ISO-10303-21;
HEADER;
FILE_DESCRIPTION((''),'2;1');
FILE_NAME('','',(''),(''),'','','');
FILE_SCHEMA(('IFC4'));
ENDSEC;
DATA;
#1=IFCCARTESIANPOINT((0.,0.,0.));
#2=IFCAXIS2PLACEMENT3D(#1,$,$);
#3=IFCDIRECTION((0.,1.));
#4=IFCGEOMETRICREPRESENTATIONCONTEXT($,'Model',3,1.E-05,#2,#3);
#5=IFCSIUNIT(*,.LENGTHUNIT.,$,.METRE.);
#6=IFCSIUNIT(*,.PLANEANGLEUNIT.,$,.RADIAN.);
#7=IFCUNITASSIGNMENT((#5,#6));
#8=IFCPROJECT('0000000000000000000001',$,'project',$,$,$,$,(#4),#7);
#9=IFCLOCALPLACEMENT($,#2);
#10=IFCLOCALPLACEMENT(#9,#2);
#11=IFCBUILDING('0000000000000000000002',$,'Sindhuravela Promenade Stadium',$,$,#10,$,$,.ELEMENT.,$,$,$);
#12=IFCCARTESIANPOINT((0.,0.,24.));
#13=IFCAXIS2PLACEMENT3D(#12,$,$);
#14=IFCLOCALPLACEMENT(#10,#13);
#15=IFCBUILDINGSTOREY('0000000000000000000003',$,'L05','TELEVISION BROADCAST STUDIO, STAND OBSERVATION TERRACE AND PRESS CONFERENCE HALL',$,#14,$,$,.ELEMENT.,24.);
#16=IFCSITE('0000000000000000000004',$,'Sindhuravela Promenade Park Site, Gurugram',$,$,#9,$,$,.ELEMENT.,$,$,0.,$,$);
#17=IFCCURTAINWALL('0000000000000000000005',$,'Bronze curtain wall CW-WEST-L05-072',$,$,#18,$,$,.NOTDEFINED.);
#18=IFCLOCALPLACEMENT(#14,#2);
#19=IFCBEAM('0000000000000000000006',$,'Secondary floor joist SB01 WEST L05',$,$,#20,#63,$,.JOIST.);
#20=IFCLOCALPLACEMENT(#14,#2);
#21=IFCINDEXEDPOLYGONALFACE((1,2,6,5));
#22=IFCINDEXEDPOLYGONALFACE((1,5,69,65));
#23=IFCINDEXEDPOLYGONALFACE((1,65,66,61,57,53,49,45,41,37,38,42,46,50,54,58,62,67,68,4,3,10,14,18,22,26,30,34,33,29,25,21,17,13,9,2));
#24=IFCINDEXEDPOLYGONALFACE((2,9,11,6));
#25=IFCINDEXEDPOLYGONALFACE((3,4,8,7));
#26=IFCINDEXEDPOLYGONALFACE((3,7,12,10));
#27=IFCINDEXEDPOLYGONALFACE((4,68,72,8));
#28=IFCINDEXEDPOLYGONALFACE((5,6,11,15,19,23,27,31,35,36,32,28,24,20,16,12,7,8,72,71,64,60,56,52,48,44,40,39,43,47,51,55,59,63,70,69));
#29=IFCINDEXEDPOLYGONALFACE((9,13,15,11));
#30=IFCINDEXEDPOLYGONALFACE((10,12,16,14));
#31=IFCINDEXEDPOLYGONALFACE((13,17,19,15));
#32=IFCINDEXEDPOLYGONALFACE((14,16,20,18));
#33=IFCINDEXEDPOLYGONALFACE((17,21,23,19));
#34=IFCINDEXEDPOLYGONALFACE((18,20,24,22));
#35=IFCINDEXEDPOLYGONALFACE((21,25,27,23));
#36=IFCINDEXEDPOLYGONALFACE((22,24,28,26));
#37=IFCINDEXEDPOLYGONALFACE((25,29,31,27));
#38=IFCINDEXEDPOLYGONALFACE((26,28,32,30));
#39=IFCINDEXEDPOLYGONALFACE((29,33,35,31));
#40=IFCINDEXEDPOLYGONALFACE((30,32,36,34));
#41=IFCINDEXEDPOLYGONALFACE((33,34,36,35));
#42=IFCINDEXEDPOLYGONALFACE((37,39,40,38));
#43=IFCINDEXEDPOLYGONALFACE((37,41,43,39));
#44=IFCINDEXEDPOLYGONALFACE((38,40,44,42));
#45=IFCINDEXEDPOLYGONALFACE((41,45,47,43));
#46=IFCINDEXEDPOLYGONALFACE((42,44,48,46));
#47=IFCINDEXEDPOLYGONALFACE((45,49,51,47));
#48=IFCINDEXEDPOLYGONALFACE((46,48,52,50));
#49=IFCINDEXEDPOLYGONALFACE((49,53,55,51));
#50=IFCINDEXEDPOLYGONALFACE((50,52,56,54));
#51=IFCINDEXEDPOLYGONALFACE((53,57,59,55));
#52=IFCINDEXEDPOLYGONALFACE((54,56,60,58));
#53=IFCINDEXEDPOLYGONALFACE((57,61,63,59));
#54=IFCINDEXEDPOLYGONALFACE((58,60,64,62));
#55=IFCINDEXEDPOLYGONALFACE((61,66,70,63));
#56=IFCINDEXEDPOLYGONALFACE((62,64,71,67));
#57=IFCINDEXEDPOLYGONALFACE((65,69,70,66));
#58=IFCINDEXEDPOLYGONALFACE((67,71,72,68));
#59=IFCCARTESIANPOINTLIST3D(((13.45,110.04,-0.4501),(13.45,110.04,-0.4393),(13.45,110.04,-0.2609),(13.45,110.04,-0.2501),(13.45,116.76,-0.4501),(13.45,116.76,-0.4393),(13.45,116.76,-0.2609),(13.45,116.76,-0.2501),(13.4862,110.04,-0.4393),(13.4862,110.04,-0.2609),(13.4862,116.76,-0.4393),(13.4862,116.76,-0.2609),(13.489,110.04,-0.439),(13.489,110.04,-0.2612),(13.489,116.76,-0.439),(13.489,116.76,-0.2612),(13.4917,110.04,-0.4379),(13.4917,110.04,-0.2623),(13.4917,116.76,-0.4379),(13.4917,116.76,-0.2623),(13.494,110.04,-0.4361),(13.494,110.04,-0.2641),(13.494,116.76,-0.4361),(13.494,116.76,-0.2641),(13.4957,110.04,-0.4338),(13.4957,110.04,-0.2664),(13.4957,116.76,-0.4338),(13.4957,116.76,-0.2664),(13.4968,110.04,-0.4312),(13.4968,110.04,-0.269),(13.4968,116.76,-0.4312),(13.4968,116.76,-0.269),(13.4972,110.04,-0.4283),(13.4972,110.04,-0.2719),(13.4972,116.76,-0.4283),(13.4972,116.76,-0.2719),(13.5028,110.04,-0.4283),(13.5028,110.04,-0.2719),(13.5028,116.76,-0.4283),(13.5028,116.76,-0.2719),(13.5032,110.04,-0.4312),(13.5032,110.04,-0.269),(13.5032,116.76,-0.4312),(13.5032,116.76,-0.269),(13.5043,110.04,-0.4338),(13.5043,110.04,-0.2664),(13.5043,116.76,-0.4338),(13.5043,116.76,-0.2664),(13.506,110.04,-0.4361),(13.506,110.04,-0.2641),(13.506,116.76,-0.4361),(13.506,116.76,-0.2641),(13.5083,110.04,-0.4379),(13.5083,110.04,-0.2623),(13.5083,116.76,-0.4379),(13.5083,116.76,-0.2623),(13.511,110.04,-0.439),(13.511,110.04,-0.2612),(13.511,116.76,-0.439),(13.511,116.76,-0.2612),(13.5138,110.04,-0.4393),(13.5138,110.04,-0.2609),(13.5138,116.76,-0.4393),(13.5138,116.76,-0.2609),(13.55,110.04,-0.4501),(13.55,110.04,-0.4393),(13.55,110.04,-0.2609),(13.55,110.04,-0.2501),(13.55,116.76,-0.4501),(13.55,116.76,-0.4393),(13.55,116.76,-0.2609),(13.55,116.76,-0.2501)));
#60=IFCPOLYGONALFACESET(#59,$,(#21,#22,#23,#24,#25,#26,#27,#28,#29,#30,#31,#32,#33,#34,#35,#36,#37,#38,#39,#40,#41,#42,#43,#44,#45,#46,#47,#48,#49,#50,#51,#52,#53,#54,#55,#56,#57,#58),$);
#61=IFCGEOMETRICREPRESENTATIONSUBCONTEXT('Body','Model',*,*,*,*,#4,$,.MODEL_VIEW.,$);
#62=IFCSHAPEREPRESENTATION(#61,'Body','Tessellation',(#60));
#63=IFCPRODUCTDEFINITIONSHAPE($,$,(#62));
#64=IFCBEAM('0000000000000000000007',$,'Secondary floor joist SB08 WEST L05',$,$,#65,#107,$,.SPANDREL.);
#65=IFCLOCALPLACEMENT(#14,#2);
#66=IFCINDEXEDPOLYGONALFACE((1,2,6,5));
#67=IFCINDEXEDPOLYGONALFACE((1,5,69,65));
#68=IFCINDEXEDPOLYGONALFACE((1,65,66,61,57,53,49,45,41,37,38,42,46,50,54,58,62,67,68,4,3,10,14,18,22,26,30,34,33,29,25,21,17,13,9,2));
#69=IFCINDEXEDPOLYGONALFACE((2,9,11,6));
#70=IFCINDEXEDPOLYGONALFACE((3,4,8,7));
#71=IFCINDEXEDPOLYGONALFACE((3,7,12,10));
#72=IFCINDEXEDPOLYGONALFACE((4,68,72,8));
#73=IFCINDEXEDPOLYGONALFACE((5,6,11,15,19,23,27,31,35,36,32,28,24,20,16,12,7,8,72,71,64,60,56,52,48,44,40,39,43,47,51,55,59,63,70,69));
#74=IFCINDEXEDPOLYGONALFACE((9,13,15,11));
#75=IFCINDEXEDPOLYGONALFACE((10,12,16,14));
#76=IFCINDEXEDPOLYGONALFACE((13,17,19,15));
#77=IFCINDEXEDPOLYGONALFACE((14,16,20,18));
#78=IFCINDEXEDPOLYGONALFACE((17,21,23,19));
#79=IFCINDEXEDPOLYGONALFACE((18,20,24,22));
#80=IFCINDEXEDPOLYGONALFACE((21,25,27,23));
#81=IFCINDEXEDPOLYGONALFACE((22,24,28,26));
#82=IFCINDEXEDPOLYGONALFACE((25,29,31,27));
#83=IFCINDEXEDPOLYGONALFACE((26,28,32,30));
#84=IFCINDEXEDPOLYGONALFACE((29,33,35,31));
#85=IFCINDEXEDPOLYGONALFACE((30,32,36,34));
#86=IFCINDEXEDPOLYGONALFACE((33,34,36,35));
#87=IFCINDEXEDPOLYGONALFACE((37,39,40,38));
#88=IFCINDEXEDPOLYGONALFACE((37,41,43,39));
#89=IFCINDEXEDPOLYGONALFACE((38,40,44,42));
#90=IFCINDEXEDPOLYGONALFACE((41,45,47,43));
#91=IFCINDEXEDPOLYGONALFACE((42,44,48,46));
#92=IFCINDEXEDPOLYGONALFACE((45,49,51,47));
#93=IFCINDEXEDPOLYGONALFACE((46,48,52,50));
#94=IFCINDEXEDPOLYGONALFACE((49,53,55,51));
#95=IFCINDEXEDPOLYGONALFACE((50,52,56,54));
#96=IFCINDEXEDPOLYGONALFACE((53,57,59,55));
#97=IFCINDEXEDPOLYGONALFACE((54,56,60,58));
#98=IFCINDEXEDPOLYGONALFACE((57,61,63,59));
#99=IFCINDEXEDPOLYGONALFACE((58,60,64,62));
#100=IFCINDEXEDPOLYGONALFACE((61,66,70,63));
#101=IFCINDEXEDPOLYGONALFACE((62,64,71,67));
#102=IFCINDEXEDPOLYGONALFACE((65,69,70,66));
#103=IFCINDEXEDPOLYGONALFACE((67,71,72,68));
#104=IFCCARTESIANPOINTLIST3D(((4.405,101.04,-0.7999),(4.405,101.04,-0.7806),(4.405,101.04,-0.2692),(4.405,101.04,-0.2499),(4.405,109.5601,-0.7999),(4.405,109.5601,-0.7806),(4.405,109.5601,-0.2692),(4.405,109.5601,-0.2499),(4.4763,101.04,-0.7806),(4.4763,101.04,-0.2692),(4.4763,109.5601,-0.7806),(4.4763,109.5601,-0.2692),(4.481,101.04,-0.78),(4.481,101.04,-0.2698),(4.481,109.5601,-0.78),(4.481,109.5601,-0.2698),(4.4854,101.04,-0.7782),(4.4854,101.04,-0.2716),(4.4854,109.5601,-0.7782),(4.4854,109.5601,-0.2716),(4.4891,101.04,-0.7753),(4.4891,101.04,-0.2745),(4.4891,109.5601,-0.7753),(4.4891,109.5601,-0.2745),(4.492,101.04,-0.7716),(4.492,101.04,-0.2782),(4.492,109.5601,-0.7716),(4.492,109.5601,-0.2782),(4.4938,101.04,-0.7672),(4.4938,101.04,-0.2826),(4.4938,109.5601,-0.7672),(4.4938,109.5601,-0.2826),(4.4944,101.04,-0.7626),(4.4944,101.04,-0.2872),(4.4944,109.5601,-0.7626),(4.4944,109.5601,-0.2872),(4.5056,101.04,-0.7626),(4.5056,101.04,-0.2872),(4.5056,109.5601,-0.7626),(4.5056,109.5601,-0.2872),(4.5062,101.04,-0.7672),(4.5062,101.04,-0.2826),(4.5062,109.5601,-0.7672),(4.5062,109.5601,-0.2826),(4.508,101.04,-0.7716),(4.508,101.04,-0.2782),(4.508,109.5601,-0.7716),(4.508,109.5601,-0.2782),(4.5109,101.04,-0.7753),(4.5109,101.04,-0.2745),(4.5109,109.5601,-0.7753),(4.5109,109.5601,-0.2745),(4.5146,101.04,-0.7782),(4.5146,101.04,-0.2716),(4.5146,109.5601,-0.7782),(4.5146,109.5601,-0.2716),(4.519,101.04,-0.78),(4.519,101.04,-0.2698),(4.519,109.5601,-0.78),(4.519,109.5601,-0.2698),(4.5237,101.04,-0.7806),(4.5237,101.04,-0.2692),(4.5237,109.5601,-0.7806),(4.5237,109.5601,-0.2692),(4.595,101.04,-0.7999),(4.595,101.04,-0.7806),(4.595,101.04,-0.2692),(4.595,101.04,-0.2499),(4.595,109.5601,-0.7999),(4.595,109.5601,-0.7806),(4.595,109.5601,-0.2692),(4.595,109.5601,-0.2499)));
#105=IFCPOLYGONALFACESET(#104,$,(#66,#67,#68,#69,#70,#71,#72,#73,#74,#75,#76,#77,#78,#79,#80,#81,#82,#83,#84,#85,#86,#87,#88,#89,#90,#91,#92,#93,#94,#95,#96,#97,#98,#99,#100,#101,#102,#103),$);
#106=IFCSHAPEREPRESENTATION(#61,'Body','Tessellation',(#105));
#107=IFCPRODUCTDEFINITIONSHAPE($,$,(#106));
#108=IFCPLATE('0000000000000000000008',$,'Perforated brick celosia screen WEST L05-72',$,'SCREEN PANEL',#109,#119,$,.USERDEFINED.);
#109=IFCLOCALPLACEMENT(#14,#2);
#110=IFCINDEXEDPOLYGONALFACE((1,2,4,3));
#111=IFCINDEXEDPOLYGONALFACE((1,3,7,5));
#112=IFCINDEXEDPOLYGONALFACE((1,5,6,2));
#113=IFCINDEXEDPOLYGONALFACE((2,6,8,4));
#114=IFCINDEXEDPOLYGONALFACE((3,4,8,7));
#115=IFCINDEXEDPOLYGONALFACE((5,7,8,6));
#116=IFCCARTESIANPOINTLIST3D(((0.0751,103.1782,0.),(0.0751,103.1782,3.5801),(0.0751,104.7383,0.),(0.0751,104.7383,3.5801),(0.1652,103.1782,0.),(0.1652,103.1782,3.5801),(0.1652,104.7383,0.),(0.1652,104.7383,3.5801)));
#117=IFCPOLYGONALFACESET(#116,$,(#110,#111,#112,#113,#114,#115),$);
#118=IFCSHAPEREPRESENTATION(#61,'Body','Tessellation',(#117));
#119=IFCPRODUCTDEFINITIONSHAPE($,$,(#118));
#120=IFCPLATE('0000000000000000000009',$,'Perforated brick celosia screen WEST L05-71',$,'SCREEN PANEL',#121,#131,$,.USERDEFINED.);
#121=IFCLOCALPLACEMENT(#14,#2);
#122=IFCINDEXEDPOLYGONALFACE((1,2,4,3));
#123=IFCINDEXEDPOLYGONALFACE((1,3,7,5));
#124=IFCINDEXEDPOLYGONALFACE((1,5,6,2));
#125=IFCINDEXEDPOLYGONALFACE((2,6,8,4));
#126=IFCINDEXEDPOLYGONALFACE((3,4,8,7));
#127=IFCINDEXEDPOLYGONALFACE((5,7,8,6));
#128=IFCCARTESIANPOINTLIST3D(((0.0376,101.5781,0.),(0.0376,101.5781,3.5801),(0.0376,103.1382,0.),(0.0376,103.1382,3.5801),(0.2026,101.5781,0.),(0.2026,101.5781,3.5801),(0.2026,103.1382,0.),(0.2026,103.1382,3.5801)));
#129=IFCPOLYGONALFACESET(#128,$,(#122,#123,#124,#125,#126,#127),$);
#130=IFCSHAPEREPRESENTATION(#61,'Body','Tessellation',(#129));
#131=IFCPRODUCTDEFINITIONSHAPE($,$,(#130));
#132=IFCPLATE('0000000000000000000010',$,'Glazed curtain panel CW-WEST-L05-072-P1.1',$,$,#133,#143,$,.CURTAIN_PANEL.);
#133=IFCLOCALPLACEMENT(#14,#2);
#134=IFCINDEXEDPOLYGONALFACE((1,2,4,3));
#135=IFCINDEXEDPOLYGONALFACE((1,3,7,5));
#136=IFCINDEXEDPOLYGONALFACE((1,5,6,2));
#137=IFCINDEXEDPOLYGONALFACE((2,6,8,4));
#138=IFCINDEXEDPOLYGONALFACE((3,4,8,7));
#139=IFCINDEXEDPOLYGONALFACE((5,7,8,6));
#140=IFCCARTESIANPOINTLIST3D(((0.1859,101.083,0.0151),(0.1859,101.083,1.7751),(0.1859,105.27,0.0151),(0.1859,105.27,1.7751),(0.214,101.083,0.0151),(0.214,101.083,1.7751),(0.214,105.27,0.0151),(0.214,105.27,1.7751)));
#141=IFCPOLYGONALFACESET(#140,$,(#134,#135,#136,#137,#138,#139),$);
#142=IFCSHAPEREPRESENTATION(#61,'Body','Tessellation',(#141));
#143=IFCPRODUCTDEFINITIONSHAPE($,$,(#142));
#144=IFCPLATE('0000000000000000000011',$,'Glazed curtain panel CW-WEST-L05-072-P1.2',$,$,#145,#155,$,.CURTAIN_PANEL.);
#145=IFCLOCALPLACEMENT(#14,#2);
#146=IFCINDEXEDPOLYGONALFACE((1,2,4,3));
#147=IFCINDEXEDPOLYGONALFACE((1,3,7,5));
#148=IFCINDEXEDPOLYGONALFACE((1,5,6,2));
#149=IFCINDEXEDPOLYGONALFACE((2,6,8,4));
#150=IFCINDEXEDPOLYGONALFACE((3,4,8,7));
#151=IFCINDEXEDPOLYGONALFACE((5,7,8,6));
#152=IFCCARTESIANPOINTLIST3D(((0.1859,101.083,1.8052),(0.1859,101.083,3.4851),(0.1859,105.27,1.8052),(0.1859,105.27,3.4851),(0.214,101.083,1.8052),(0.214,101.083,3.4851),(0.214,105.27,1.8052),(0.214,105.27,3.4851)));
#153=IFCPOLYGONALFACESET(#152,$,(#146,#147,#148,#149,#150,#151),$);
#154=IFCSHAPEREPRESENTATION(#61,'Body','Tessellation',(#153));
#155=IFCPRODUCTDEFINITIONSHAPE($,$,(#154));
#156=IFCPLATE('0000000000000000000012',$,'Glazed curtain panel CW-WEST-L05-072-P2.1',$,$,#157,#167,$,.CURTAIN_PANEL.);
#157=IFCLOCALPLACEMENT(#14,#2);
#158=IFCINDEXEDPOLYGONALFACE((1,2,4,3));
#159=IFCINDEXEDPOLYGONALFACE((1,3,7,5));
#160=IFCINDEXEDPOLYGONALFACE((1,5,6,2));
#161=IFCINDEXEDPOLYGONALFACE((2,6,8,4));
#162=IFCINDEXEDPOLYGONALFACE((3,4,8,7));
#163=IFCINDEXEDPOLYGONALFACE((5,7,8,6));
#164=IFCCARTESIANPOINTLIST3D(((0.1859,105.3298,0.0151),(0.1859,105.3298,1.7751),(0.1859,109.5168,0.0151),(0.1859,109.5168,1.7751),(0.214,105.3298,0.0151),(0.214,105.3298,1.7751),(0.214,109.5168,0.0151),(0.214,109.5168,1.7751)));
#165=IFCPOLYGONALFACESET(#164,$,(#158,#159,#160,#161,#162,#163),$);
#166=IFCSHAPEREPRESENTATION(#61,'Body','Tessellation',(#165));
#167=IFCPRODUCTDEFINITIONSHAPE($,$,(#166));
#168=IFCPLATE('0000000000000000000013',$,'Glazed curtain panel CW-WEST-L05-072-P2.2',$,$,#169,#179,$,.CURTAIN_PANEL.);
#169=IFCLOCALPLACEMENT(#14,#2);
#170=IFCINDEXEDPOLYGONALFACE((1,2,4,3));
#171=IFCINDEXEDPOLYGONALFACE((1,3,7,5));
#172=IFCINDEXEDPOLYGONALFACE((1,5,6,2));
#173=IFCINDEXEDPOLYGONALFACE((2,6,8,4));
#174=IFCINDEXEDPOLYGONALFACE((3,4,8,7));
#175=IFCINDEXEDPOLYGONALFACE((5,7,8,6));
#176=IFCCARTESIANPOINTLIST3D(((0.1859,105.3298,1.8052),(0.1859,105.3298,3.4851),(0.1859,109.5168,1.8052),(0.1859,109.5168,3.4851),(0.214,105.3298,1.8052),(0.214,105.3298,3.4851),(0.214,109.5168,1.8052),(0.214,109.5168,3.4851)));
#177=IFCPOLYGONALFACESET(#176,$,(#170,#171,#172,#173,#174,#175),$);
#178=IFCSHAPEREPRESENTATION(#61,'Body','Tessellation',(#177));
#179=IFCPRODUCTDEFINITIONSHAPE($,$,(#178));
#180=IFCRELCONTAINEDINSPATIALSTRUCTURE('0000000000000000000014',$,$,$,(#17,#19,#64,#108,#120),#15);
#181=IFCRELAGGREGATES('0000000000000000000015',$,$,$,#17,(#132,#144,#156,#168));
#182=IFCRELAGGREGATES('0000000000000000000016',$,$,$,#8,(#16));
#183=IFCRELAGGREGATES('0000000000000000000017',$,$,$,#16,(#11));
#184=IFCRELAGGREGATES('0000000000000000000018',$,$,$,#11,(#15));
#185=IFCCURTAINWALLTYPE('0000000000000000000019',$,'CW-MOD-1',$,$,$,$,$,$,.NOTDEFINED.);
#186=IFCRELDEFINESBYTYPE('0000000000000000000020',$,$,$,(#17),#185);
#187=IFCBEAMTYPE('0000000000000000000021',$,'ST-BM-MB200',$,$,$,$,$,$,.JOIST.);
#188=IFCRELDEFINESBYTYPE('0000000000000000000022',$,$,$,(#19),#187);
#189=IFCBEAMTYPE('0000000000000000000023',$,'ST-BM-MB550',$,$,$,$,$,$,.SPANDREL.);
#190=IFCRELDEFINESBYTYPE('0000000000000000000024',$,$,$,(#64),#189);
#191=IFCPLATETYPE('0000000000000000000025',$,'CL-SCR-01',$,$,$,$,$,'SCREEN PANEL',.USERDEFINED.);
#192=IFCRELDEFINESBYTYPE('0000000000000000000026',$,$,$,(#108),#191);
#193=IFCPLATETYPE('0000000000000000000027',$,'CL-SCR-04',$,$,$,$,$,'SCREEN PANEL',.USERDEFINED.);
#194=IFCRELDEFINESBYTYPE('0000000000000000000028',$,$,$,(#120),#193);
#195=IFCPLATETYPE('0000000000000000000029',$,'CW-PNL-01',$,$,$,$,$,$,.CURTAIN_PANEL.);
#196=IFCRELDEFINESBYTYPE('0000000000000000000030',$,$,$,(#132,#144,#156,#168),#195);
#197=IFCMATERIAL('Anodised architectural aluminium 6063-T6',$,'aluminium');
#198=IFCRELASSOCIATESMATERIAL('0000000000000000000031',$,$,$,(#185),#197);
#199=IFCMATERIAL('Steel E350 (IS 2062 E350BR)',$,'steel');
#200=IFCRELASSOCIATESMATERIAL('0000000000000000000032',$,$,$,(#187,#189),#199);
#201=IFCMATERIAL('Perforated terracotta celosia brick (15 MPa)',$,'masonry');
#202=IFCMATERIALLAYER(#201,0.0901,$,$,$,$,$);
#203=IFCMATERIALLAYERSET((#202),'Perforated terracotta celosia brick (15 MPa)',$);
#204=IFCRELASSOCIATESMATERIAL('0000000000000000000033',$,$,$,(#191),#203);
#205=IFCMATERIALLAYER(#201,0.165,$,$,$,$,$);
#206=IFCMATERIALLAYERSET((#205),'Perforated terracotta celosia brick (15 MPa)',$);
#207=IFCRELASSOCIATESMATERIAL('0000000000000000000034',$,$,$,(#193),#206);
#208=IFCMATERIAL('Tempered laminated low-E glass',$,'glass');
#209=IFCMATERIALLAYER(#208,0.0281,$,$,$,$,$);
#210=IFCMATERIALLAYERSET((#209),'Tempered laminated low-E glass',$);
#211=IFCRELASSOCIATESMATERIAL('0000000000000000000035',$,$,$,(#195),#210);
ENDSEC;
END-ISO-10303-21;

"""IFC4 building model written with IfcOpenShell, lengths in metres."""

from ifc_helpers import new_model, si_unit, direction, frame, origin, origin_2d, place, context, subcontext, project, spatial, rectangle, i_section, extrude, material, layer, layer_set, material_profile, profile_set, type_object, element, aggregate, save


model = new_model("IFC4")

# Units and contexts
model_context = context("Model", 3, precision=1e-05, world=origin(), true_north=direction((0.0, 1.0)))
body_context = subcontext(model_context, "Body", "Model", "MODEL_VIEW")
ifc_project = project(units=[si_unit("LENGTHUNIT", "METRE"), si_unit("PLANEANGLEUNIT", "RADIAN")], contexts=[model_context])

# Site, building, storey
site_placement = place(None, origin())
site = spatial("IfcSite", under=ifc_project, at=site_placement, Name="Sindhuravela Promenade Park Site, Gurugram", CompositionType="ELEMENT", RefElevation=0.0)
building_placement = place(site_placement, origin())
building = spatial("IfcBuilding", under=site, at=building_placement, Name="Sindhuravela Promenade Stadium", CompositionType="ELEMENT")
storey_placement = place(building_placement, frame((0.0, 0.0, 24.0)))
storey = spatial("IfcBuildingStorey", under=building, at=storey_placement, Name="L05", Description="TELEVISION BROADCAST STUDIO, STAND OBSERVATION TERRACE AND PRESS CONFERENCE HALL", CompositionType="ELEMENT", Elevation=24.0)

# Shared definitions
ifc_material_1 = material(Name="Steel E350 (IS 2062 E350BR)", Category="steel")

# Curtain wall
ifc_material_2 = material(Name="Anodised architectural aluminium 6063-T6", Category="aluminium")
curtain_wall_type_1 = type_object("IfcCurtainWallType", Name="CW-MOD-1", PredefinedType="NOTDEFINED", material=ifc_material_2)
curtain_wall_1_placement = place(storey_placement, origin())
curtain_wall_1 = element("IfcCurtainWall", 1, at=curtain_wall_1_placement, inside=storey, type_object=curtain_wall_type_1, Name="Bronze curtain wall CW-WEST-L05-072", PredefinedType="NOTDEFINED")

# Beams
ifc_material_profile_1 = material_profile(ifc_material_1, i_section(OverallWidth=0.1001, OverallDepth=0.2, WebThickness=0.0056, FlangeThickness=0.0107, FilletRadius=0.011, at=origin_2d()), Name="ISMB 200")
ifc_profile_set_1 = profile_set([ifc_material_profile_1], Name="Steel E350 (IS 2062 E350BR)")
beam_type_1 = type_object("IfcBeamType", Name="ST-BM-MB200", PredefinedType="JOIST", material=ifc_profile_set_1)
beam_1_placement = place(storey_placement, frame((13.5, 110.04, -0.3501), z_axis=(0.0, 1.0, 0.0), x_axis=(-1.0, 0.0, 0.0)))
element("IfcBeam", 2, at=beam_1_placement, inside=storey, type_object=beam_type_1, Name="Secondary floor joist SB01 WEST L05", PredefinedType="JOIST", context=body_context, shape_type="SweptSolid", body=[
    extrude(i_section(OverallWidth=0.1001, OverallDepth=0.2, WebThickness=0.0056, FlangeThickness=0.0107, FilletRadius=0.011, at=origin_2d()), origin(), (0.0, 0.0, 1.0), 6.72),
])
ifc_material_profile_2 = material_profile(ifc_material_1, i_section(OverallWidth=0.1899, OverallDepth=0.55, WebThickness=0.0112, FlangeThickness=0.0193, FilletRadius=0.0181, at=origin_2d()), Name="ISMB 550")
ifc_profile_set_2 = profile_set([ifc_material_profile_2], Name="Steel E350 (IS 2062 E350BR)")
beam_type_2 = type_object("IfcBeamType", Name="ST-BM-MB550", PredefinedType="SPANDREL", material=ifc_profile_set_2)
beam_2_placement = place(storey_placement, frame((4.5, 101.04, -0.5249), z_axis=(0.0, 1.0, 0.0), x_axis=(-1.0, 0.0, 0.0)))
element("IfcBeam", 3, at=beam_2_placement, inside=storey, type_object=beam_type_2, Name="Secondary floor joist SB08 WEST L05", PredefinedType="SPANDREL", context=body_context, shape_type="SweptSolid", body=[
    extrude(i_section(OverallWidth=0.1899, OverallDepth=0.55, WebThickness=0.0112, FlangeThickness=0.0193, FilletRadius=0.0181, at=origin_2d()), origin(), (0.0, 0.0, 1.0), 8.52),
])

# Plates
ifc_material_3 = material(Name="Perforated terracotta celosia brick (15 MPa)", Category="masonry")
ifc_layer_1 = layer(ifc_material_3, 0.0901)
ifc_layer_set_1 = layer_set([ifc_layer_1], Name="Perforated terracotta celosia brick (15 MPa)")
plate_type_1 = type_object("IfcPlateType", Name="CL-SCR-01", ElementType="SCREEN PANEL", PredefinedType="USERDEFINED", material=ifc_layer_set_1)
plate_1_placement = place(storey_placement, frame((0.1201, 103.9583, 0.0), z_axis=(0.0, 0.0, 1.0), x_axis=(0.0, 1.0, 0.0)))
element("IfcPlate", 4, at=plate_1_placement, inside=storey, type_object=plate_type_1, Name="Perforated brick celosia screen WEST L05-72", ObjectType="SCREEN PANEL", PredefinedType="USERDEFINED", context=body_context, shape_type="SweptSolid", body=[
    extrude(rectangle(XDim=1.5601, YDim=0.0901, at=origin_2d()), origin(), (0.0, 0.0, 1.0), 3.5801),
])
ifc_layer_2 = layer(ifc_material_3, 0.165)
ifc_layer_set_2 = layer_set([ifc_layer_2], Name="Perforated terracotta celosia brick (15 MPa)")
plate_type_2 = type_object("IfcPlateType", Name="CL-SCR-04", ElementType="SCREEN PANEL", PredefinedType="USERDEFINED", material=ifc_layer_set_2)
plate_2_placement = place(storey_placement, frame((0.1201, 102.3582, 0.0), z_axis=(0.0, 0.0, 1.0), x_axis=(0.0, 1.0, 0.0)))
element("IfcPlate", 5, at=plate_2_placement, inside=storey, type_object=plate_type_2, Name="Perforated brick celosia screen WEST L05-71", ObjectType="SCREEN PANEL", PredefinedType="USERDEFINED", context=body_context, shape_type="SweptSolid", body=[
    extrude(rectangle(XDim=1.5601, YDim=0.165, at=origin_2d()), origin(), (0.0, 0.0, 1.0), 3.5801),
])

# Plates
ifc_material_4 = material(Name="Tempered laminated low-E glass", Category="glass")
ifc_layer_3 = layer(ifc_material_4, 0.0281)
ifc_layer_set_3 = layer_set([ifc_layer_3], Name="Tempered laminated low-E glass")
plate_type_3 = type_object("IfcPlateType", Name="CW-PNL-01", PredefinedType="CURTAIN_PANEL", material=ifc_layer_set_3)
plate_3_placement = place(storey_placement, frame((0.2, 103.1765, 0.0151), z_axis=(0.0, 0.0, 1.0), x_axis=(0.0, 1.0, 0.0)))
plate_3 = element("IfcPlate", 6, at=plate_3_placement, type_object=plate_type_3, Name="Glazed curtain panel CW-WEST-L05-072-P1.1", PredefinedType="CURTAIN_PANEL", context=body_context, shape_type="SweptSolid", body=[
    extrude(rectangle(XDim=4.187, YDim=0.0281, at=origin_2d()), origin(), (0.0, 0.0, 1.0), 1.76),
])
plate_4_placement = place(storey_placement, frame((0.2, 103.1765, 1.8052), z_axis=(0.0, 0.0, 1.0), x_axis=(0.0, 1.0, 0.0)))
plate_4 = element("IfcPlate", 7, at=plate_4_placement, type_object=plate_type_3, Name="Glazed curtain panel CW-WEST-L05-072-P1.2", PredefinedType="CURTAIN_PANEL", context=body_context, shape_type="SweptSolid", body=[
    extrude(rectangle(XDim=4.187, YDim=0.0281, at=origin_2d()), origin(), (0.0, 0.0, 1.0), 1.6799),
])
plate_5_placement = place(storey_placement, frame((0.2, 107.4233, 0.0151), z_axis=(0.0, 0.0, 1.0), x_axis=(0.0, 1.0, 0.0)))
plate_5 = element("IfcPlate", 8, at=plate_5_placement, type_object=plate_type_3, Name="Glazed curtain panel CW-WEST-L05-072-P2.1", PredefinedType="CURTAIN_PANEL", context=body_context, shape_type="SweptSolid", body=[
    extrude(rectangle(XDim=4.187, YDim=0.0281, at=origin_2d()), origin(), (0.0, 0.0, 1.0), 1.76),
])
plate_6_placement = place(storey_placement, frame((0.2, 107.4233, 1.8052), z_axis=(0.0, 0.0, 1.0), x_axis=(0.0, 1.0, 0.0)))
plate_6 = element("IfcPlate", 9, at=plate_6_placement, type_object=plate_type_3, Name="Glazed curtain panel CW-WEST-L05-072-P2.2", PredefinedType="CURTAIN_PANEL", context=body_context, shape_type="SweptSolid", body=[
    extrude(rectangle(XDim=4.187, YDim=0.0281, at=origin_2d()), origin(), (0.0, 0.0, 1.0), 1.6799),
])
aggregate(curtain_wall_1, [plate_3, plate_4, plate_5, plate_6])

save(model, "model.ifc")
